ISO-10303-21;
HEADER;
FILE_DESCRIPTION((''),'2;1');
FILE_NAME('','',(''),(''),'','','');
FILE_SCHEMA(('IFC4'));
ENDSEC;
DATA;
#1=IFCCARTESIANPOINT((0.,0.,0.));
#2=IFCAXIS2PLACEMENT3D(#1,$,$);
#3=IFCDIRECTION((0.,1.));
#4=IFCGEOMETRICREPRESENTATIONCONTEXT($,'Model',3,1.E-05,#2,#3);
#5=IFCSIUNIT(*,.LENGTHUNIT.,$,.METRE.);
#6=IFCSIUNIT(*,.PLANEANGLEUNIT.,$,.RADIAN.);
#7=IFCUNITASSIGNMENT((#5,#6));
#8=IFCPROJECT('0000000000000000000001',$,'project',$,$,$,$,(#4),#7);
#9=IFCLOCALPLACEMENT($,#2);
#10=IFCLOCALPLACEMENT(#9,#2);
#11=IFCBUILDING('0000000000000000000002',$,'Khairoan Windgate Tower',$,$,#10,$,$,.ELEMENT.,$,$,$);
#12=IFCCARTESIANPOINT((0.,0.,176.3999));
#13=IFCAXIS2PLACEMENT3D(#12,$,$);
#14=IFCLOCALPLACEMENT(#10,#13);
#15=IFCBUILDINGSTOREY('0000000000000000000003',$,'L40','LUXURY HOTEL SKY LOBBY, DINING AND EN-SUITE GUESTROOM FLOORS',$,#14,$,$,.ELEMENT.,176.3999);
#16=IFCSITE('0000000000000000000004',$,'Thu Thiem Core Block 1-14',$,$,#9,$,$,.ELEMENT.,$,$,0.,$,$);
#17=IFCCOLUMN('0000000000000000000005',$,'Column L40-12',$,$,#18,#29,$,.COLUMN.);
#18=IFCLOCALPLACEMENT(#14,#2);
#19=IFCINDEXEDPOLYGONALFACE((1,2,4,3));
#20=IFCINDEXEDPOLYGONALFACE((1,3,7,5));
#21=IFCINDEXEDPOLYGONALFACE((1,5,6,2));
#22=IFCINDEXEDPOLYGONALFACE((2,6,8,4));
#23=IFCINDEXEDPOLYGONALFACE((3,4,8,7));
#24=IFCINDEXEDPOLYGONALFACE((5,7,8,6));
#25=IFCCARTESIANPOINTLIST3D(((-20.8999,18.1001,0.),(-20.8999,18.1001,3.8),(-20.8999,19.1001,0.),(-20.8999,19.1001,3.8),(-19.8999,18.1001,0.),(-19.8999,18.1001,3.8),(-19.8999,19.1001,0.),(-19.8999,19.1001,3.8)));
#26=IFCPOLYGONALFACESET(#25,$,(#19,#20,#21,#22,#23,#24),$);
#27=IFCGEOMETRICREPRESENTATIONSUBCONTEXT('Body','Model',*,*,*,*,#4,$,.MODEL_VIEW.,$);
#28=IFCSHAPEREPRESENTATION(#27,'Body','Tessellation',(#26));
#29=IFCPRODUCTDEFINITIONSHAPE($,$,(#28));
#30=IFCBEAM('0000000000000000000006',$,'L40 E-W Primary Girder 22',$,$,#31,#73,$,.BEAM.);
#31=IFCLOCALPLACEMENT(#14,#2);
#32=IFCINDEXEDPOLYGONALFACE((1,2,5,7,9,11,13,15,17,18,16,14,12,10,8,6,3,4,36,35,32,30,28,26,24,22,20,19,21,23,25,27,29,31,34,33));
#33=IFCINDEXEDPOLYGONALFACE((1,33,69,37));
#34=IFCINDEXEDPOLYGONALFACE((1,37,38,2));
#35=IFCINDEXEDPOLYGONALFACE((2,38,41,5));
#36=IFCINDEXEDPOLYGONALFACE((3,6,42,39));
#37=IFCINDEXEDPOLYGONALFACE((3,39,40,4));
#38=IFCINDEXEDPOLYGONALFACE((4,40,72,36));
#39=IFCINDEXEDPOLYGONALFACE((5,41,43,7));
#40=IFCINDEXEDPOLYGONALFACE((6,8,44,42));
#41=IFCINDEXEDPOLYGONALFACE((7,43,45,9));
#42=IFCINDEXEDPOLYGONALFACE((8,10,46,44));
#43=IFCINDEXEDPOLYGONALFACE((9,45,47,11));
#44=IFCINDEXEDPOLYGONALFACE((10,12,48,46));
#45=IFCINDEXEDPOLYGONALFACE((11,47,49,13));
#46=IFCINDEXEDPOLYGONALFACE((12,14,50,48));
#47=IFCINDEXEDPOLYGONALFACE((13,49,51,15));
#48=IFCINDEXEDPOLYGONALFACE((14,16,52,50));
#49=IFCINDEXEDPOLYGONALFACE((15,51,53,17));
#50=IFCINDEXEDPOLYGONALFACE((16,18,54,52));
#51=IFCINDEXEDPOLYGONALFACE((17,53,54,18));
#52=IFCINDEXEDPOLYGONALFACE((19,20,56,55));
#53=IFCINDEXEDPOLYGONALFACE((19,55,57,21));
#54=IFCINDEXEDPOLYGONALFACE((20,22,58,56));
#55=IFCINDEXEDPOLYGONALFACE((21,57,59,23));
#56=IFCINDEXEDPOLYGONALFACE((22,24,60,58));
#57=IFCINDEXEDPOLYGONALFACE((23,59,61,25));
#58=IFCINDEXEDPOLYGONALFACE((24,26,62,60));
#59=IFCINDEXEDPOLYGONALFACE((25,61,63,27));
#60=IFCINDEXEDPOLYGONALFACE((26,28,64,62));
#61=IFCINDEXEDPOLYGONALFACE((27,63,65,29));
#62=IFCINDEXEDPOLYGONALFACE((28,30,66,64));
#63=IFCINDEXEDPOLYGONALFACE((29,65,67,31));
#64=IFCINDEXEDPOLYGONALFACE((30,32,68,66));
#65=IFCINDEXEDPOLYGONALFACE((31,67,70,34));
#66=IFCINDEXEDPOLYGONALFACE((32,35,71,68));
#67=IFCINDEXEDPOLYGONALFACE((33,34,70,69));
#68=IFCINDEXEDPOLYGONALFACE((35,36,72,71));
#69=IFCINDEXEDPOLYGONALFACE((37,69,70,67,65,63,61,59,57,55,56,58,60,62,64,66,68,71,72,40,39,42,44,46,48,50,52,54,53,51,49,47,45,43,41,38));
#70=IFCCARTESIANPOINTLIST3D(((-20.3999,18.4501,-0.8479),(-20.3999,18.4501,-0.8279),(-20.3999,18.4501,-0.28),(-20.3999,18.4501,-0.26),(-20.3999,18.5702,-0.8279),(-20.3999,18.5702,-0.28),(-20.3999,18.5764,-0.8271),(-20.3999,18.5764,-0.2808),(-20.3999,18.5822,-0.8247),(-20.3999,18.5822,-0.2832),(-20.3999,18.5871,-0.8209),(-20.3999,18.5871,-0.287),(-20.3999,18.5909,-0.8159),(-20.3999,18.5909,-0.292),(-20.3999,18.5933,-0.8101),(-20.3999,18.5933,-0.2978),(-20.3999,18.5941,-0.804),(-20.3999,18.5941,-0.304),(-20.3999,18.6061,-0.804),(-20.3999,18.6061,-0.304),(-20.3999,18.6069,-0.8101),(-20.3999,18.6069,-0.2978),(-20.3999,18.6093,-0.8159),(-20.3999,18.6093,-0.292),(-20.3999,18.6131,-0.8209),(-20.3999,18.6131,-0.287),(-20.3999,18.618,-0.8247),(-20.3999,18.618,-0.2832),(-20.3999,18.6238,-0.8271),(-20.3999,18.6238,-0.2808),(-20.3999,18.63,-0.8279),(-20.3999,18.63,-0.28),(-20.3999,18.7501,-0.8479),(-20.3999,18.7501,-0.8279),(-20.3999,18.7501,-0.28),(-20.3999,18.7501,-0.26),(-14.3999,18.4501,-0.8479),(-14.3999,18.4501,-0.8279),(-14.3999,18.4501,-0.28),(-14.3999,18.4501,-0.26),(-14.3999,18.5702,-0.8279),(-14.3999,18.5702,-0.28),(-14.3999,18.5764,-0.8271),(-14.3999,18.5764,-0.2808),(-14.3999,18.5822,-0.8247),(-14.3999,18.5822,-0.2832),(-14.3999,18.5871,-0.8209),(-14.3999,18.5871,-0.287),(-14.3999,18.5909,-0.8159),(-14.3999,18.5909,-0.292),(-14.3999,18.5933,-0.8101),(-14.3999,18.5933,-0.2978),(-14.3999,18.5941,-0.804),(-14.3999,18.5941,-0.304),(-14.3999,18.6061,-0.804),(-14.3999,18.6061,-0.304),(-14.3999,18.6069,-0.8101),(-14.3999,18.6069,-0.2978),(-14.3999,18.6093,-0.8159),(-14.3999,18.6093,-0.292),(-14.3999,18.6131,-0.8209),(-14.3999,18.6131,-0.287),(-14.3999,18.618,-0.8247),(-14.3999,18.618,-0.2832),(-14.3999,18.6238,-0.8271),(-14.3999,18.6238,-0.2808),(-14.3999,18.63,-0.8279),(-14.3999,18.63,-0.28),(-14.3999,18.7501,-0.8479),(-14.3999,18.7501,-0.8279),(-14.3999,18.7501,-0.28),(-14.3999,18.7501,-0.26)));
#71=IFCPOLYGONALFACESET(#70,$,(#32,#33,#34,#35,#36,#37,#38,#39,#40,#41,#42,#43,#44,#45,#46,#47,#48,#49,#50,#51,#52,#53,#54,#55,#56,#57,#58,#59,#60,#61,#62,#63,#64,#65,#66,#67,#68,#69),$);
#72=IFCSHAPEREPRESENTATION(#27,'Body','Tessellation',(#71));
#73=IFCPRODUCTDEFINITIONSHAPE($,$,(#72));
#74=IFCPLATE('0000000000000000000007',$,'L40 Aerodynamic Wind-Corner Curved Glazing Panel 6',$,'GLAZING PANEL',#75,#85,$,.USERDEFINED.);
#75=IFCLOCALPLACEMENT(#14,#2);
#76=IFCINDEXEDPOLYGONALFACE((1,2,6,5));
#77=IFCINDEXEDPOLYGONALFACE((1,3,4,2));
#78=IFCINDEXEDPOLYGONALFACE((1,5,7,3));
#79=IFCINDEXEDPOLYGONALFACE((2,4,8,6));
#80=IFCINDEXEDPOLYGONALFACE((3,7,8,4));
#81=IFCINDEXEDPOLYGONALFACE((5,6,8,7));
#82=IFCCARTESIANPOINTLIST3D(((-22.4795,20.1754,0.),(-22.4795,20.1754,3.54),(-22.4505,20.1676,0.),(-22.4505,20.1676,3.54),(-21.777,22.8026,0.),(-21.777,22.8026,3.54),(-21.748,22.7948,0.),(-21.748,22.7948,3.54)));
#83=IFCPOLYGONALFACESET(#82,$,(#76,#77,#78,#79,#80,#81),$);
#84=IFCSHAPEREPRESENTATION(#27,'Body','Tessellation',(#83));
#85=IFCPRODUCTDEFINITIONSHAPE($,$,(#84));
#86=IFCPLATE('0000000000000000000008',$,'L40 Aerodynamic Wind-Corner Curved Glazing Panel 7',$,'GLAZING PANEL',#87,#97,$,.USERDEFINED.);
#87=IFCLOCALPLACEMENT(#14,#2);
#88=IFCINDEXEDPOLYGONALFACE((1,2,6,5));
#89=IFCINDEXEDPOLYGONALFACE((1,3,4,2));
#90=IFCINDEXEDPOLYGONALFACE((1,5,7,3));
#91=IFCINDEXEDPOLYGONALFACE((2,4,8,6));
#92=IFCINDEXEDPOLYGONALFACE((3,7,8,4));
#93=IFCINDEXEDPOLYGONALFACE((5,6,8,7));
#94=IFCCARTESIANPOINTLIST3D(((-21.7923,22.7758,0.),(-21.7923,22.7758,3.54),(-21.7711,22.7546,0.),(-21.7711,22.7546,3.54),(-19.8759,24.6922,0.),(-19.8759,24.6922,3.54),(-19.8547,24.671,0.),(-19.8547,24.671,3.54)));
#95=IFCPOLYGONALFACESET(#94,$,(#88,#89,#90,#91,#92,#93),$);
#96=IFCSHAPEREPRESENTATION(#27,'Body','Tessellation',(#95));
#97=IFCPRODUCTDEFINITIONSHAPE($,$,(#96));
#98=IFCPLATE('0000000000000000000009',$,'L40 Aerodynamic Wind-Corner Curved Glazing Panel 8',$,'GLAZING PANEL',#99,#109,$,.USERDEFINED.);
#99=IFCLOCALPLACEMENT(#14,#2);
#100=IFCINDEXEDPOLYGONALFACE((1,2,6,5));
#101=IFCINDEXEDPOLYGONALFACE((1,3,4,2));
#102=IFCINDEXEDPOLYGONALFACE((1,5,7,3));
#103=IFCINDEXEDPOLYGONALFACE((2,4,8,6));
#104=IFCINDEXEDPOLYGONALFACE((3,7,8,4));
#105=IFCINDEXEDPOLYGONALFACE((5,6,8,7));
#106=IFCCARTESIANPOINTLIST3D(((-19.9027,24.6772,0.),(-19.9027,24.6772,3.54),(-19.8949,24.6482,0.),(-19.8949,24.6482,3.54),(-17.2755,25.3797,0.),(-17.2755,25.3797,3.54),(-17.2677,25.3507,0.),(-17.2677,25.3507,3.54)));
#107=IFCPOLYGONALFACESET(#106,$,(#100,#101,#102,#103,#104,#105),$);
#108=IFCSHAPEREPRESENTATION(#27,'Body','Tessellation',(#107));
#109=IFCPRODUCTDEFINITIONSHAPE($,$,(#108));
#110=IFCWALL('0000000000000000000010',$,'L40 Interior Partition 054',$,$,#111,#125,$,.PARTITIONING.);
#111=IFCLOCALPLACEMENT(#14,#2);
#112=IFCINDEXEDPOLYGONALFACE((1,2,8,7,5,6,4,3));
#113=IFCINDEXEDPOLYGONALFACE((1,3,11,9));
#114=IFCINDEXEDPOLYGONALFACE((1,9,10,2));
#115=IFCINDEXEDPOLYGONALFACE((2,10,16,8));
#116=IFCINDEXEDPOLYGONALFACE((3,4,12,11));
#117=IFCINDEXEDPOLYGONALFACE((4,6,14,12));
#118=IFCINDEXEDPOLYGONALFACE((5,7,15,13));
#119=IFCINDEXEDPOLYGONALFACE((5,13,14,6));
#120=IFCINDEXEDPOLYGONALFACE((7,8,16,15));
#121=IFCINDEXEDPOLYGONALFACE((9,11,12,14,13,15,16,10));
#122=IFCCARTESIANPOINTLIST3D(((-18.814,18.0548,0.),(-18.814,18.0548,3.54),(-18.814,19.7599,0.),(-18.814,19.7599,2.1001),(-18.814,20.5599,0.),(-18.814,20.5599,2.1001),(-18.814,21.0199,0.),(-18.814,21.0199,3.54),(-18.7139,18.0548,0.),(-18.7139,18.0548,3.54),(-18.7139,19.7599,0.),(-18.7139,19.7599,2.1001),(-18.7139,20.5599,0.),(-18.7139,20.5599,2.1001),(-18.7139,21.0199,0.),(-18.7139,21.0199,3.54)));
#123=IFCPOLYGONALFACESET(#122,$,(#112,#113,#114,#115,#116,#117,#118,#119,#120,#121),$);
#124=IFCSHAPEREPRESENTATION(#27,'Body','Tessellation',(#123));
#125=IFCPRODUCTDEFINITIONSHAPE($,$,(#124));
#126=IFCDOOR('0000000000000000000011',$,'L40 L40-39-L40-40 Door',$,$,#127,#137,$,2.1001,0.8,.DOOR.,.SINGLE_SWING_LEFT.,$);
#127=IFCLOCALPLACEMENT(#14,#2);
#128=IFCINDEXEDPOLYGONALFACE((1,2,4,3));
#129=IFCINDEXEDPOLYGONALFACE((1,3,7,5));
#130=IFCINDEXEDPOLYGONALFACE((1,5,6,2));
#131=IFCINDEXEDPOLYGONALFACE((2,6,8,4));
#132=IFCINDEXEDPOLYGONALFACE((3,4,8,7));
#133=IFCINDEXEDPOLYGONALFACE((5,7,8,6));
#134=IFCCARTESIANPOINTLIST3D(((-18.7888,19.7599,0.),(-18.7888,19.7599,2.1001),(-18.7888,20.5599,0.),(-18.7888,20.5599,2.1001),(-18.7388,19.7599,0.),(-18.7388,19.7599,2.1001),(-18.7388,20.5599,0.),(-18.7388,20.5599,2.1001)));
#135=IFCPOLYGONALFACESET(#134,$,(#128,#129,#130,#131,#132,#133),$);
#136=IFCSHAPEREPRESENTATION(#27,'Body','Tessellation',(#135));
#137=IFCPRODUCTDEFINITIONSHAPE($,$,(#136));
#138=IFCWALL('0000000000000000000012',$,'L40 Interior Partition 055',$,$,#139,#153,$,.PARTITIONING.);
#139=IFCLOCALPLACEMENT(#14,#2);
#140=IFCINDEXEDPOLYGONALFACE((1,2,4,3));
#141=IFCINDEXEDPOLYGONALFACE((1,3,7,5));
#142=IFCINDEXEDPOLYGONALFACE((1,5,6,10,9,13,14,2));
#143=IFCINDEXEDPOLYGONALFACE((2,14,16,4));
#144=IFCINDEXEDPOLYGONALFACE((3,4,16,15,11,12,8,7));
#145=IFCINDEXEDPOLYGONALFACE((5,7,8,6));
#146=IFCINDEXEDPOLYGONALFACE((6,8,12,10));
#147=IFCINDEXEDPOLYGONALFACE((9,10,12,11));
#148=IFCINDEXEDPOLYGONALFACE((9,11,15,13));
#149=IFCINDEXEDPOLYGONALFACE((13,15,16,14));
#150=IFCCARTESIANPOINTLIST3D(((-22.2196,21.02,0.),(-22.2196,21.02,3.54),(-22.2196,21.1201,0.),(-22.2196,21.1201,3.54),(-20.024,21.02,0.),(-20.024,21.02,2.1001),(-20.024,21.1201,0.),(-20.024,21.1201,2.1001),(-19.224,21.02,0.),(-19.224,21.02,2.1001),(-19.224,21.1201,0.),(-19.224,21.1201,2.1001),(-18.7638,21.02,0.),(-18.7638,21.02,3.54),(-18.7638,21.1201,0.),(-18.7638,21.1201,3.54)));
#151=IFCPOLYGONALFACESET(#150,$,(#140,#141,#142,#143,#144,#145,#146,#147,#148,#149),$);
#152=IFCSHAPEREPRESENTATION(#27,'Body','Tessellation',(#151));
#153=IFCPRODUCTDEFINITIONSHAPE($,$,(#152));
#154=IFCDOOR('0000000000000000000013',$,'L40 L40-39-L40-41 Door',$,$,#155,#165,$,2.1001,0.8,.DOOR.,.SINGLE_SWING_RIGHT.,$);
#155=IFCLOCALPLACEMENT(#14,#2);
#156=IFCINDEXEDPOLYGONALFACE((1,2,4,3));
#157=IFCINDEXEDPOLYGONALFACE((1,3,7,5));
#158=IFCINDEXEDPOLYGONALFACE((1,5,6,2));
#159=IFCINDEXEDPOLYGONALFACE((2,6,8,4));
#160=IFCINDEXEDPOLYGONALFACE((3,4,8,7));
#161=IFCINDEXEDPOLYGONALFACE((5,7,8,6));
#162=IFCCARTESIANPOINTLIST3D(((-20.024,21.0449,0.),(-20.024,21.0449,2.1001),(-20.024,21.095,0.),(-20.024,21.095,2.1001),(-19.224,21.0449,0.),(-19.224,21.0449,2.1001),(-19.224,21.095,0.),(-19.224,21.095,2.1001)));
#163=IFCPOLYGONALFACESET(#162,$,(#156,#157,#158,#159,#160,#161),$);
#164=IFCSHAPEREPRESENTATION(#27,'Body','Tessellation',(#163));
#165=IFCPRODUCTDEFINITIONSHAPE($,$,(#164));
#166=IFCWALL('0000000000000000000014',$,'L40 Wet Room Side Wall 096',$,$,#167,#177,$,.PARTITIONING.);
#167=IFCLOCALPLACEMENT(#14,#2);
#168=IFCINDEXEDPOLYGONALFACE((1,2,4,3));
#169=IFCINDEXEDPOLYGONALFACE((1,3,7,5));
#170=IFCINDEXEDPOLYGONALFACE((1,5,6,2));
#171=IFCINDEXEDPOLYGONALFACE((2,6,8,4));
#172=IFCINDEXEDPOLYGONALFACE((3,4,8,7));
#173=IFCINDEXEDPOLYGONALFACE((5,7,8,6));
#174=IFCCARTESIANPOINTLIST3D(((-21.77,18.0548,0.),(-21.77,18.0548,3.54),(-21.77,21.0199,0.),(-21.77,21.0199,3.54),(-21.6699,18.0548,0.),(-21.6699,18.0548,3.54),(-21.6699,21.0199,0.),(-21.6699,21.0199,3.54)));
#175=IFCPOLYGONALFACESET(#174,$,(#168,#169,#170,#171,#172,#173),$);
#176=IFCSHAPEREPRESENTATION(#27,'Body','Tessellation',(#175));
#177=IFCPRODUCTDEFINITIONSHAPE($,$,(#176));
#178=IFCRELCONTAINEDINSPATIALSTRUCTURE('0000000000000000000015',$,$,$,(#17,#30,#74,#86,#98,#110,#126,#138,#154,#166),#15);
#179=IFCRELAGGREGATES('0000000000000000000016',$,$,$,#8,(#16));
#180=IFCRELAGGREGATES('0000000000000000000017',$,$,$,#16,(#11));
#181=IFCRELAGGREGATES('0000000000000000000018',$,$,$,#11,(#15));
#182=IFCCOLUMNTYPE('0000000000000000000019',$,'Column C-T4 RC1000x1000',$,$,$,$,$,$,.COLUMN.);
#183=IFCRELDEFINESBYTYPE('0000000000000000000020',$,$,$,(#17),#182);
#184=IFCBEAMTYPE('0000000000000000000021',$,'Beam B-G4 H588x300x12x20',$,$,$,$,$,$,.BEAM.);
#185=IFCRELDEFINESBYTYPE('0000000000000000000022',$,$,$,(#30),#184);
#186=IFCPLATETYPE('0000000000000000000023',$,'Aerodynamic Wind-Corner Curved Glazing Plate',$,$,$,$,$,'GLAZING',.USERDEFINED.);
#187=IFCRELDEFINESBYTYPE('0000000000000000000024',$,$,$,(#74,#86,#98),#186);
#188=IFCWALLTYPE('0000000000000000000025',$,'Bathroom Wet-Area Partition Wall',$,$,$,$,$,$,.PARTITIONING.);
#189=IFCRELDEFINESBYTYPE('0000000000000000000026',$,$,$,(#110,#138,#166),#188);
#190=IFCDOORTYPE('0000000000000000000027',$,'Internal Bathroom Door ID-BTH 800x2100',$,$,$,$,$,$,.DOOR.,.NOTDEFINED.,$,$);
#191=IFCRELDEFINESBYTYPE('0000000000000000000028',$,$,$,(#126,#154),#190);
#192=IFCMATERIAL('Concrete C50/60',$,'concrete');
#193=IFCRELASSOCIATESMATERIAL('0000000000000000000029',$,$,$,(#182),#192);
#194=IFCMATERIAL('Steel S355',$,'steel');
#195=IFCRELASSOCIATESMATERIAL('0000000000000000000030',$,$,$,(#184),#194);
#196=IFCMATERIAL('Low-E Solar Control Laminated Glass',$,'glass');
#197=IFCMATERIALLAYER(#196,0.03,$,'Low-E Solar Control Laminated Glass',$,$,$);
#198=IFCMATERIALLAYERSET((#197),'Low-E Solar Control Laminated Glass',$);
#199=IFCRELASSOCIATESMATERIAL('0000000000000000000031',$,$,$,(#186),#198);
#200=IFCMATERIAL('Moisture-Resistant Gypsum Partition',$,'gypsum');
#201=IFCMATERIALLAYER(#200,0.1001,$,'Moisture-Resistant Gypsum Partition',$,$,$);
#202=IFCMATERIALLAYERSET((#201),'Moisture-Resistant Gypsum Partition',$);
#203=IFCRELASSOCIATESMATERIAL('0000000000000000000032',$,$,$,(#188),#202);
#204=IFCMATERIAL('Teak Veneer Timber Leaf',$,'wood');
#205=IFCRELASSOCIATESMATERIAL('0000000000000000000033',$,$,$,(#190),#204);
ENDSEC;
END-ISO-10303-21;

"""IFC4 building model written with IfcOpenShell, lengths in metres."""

from ifc_helpers import new_model, si_unit, direction, frame, frame_2d, origin, origin_2d, place, context, subcontext, project, spatial, rectangle, i_section, extrude, material, layer, layer_set, material_profile, profile_set, type_object, element, fill, save


model = new_model("IFC4")

# Units and contexts
model_context = context("Model", 3, precision=1e-05, world=origin(), true_north=direction((0.0, 1.0)))
body_context = subcontext(model_context, "Body", "Model", "MODEL_VIEW")
ifc_project = project(units=[si_unit("LENGTHUNIT", "METRE"), si_unit("PLANEANGLEUNIT", "RADIAN")], contexts=[model_context])

# Site, building, storey
site_placement = place(None, origin())
site = spatial("IfcSite", under=ifc_project, at=site_placement, Name="Thu Thiem Core Block 1-14", CompositionType="ELEMENT", RefElevation=0.0)
building_placement = place(site_placement, origin())
building = spatial("IfcBuilding", under=site, at=building_placement, Name="Khairoan Windgate Tower", CompositionType="ELEMENT")
storey_placement = place(building_placement, frame((0.0, 0.0, 176.3999)))
storey = spatial("IfcBuildingStorey", under=building, at=storey_placement, Name="L40", Description="LUXURY HOTEL SKY LOBBY, DINING AND EN-SUITE GUESTROOM FLOORS", CompositionType="ELEMENT", Elevation=176.3999)

# Column
ifc_material_1 = material(Name="Concrete C50/60", Category="concrete")
ifc_material_profile_1 = material_profile(ifc_material_1, rectangle(XDim=1.0, YDim=1.0, at=origin_2d()))
ifc_profile_set_1 = profile_set([ifc_material_profile_1], Name="Concrete C50/60")
column_type = type_object("IfcColumnType", Name="Column C-T4 RC1000x1000", PredefinedType="COLUMN", material=ifc_profile_set_1)
column_placement = place(storey_placement, frame((-20.3999, 18.6001, 0.0), z_axis=(0.0, 0.0, 1.0), x_axis=(1.0, 0.0, 0.0)))
element("IfcColumn", 1, at=column_placement, inside=storey, type_object=column_type, Name="Column L40-12", PredefinedType="COLUMN", context=body_context, shape_type="SweptSolid", body=[
    extrude(rectangle(XDim=1.0, YDim=1.0, at=origin_2d()), origin(), (0.0, 0.0, 1.0), 3.8),
])

# Beam
ifc_material_2 = material(Name="Steel S355", Category="steel")
ifc_material_profile_2 = material_profile(ifc_material_2, i_section(OverallWidth=0.3, OverallDepth=0.5879, WebThickness=0.012, FlangeThickness=0.02, FilletRadius=0.0239, at=origin_2d()))
ifc_profile_set_2 = profile_set([ifc_material_profile_2], Name="Steel S355")
beam_type = type_object("IfcBeamType", Name="Beam B-G4 H588x300x12x20", PredefinedType="BEAM", material=ifc_profile_set_2)
beam_placement = place(storey_placement, frame((-20.3999, 18.6001, -0.554), z_axis=(1.0, 0.0, 0.0), x_axis=(0.0, 1.0, 0.0)))
element("IfcBeam", 2, at=beam_placement, inside=storey, type_object=beam_type, Name="L40 E-W Primary Girder 22", PredefinedType="BEAM", context=body_context, shape_type="SweptSolid", body=[
    extrude(i_section(OverallWidth=0.3, OverallDepth=0.5879, WebThickness=0.012, FlangeThickness=0.02, FilletRadius=0.0239, at=origin_2d()), origin(), (0.0, 0.0, 1.0), 6.0),
])

# Plates
ifc_material_3 = material(Name="Low-E Solar Control Laminated Glass", Category="glass")
ifc_layer_1 = layer(ifc_material_3, 0.03, Name="Low-E Solar Control Laminated Glass")
ifc_layer_set_1 = layer_set([ifc_layer_1], Name="Low-E Solar Control Laminated Glass")
plate_type_1 = type_object("IfcPlateType", Name="Aerodynamic Wind-Corner Curved Glazing Plate", ElementType="GLAZING", PredefinedType="USERDEFINED", material=ifc_layer_set_1)
plate_1_placement = place(storey_placement, frame((-22.1138, 21.4851, 0.0), z_axis=(0.0, 0.0, 1.0), x_axis=(0.258313, 0.966061, 0.0)))
element("IfcPlate", 3, at=plate_1_placement, inside=storey, type_object=plate_type_1, Name="L40 Aerodynamic Wind-Corner Curved Glazing Panel 6", ObjectType="GLAZING PANEL", PredefinedType="USERDEFINED", context=body_context, shape_type="SweptSolid", body=[
    extrude(rectangle(XDim=2.7195, YDim=0.03, at=origin_2d()), origin(), (0.0, 0.0, 1.0), 3.54),
])
plate_2_placement = place(storey_placement, frame((-20.8235, 23.7234, 0.0), z_axis=(0.0, 0.0, 1.0), x_axis=(0.707107, 0.707107, 0.0)))
element("IfcPlate", 4, at=plate_2_placement, inside=storey, type_object=plate_type_1, Name="L40 Aerodynamic Wind-Corner Curved Glazing Panel 7", ObjectType="GLAZING PANEL", PredefinedType="USERDEFINED", context=body_context, shape_type="SweptSolid", body=[
    extrude(rectangle(XDim=2.7102, YDim=0.03, at=origin_2d()), origin(), (0.0, 0.0, 1.0), 3.54),
])
plate_3_placement = place(storey_placement, frame((-18.5852, 25.0139, 0.0), z_axis=(0.0, 0.0, 1.0), x_axis=(0.966061, 0.258313, 0.0)))
element("IfcPlate", 5, at=plate_3_placement, inside=storey, type_object=plate_type_1, Name="L40 Aerodynamic Wind-Corner Curved Glazing Panel 8", ObjectType="GLAZING PANEL", PredefinedType="USERDEFINED", context=body_context, shape_type="SweptSolid", body=[
    extrude(rectangle(XDim=2.7195, YDim=0.03, at=origin_2d()), origin(), (0.0, 0.0, 1.0), 3.54),
])

# Walls, openings, doors
ifc_material_4 = material(Name="Moisture-Resistant Gypsum Partition", Category="gypsum")
ifc_layer_2 = layer(ifc_material_4, 0.1001, Name="Moisture-Resistant Gypsum Partition")
ifc_layer_set_2 = layer_set([ifc_layer_2], Name="Moisture-Resistant Gypsum Partition")
wall_type_1 = type_object("IfcWallType", Name="Bathroom Wet-Area Partition Wall", PredefinedType="PARTITIONING", material=ifc_layer_set_2)
wall_1_placement = place(storey_placement, frame((-18.7639, 18.0549, 0.0), z_axis=(0.0, 0.0, 1.0), x_axis=(0.0, 1.0, 0.0)))
wall_1 = element("IfcWall", 6, at=wall_1_placement, inside=storey, type_object=wall_type_1, Name="L40 Interior Partition 054", PredefinedType="PARTITIONING", context=body_context, shape_type="SweptSolid", body=[
    extrude(rectangle(XDim=2.9651, YDim=0.1001, at=frame_2d((1.4824, 0.0))), origin(), (0.0, 0.0, 1.0), 3.54),
])
opening_1_placement = place(wall_1_placement, frame((1.7051, 0.0, 0.0)))
opening_1 = element("IfcOpeningElement", 7, at=opening_1_placement, cuts=wall_1, PredefinedType="OPENING", context=body_context, shape_type="SweptSolid", body=[
    extrude(rectangle(XDim=0.8, YDim=2.1001, at=frame_2d((0.3999, 1.05))), frame((0.0, 0.0601, 0.0), z_axis=(0.0, -1.0, 0.0), x_axis=(1.0, 0.0, 0.0)), (0.0, 0.0, 1.0), 0.1201),
])
ifc_material_5 = material(Name="Teak Veneer Timber Leaf", Category="wood")
door_type_1 = type_object("IfcDoorType", Name="Internal Bathroom Door ID-BTH 800x2100", OperationType="NOTDEFINED", PredefinedType="DOOR", material=ifc_material_5)
door_1_placement = place(opening_1_placement, origin())
door_1 = element("IfcDoor", 8, at=door_1_placement, inside=storey, type_object=door_type_1, Name="L40 L40-39-L40-40 Door", OperationType="SINGLE_SWING_LEFT", OverallHeight=2.1001, OverallWidth=0.8, PredefinedType="DOOR", context=body_context, shape_type="SweptSolid", body=[
    extrude(rectangle(XDim=0.8, YDim=2.1001, at=frame_2d((0.3999, 1.05))), frame((0.0, 0.0249, 0.0), z_axis=(0.0, -1.0, 0.0), x_axis=(1.0, 0.0, 0.0)), (0.0, 0.0, 1.0), 0.05),
])
fill(opening_1, door_1)
wall_2_placement = place(storey_placement, frame((-22.2197, 21.0701, 0.0), z_axis=(0.0, 0.0, 1.0), x_axis=(1.0, 0.0, 0.0)))
wall_2 = element("IfcWall", 9, at=wall_2_placement, inside=storey, type_object=wall_type_1, Name="L40 Interior Partition 055", PredefinedType="PARTITIONING", context=body_context, shape_type="SweptSolid", body=[
    extrude(rectangle(XDim=3.4558, YDim=0.1001, at=frame_2d((1.728, 0.0))), origin(), (0.0, 0.0, 1.0), 3.54),
])
opening_2_placement = place(wall_2_placement, frame((2.1958, 0.0, 0.0)))
opening_2 = element("IfcOpeningElement", 10, at=opening_2_placement, cuts=wall_2, PredefinedType="OPENING", context=body_context, shape_type="SweptSolid", body=[
    extrude(rectangle(XDim=0.8, YDim=2.1001, at=frame_2d((0.3999, 1.05))), frame((0.0, 0.0601, 0.0), z_axis=(0.0, -1.0, 0.0), x_axis=(1.0, 0.0, 0.0)), (0.0, 0.0, 1.0), 0.1201),
])
door_2_placement = place(opening_2_placement, origin())
door_2 = element("IfcDoor", 11, at=door_2_placement, inside=storey, type_object=door_type_1, Name="L40 L40-39-L40-41 Door", OperationType="SINGLE_SWING_RIGHT", OverallHeight=2.1001, OverallWidth=0.8, PredefinedType="DOOR", context=body_context, shape_type="SweptSolid", body=[
    extrude(rectangle(XDim=0.8, YDim=2.1001, at=frame_2d((0.3999, 1.05))), frame((0.0, 0.0249, 0.0), z_axis=(0.0, -1.0, 0.0), x_axis=(1.0, 0.0, 0.0)), (0.0, 0.0, 1.0), 0.05),
])
fill(opening_2, door_2)

# Wall
wall_3_placement = place(storey_placement, frame((-21.72, 18.0549, 0.0), z_axis=(0.0, 0.0, 1.0), x_axis=(0.0, 1.0, 0.0)))
element("IfcWall", 12, at=wall_3_placement, inside=storey, type_object=wall_type_1, Name="L40 Wet Room Side Wall 096", PredefinedType="PARTITIONING", context=body_context, shape_type="SweptSolid", body=[
    extrude(rectangle(XDim=2.9651, YDim=0.1001, at=frame_2d((1.4824, 0.0))), origin(), (0.0, 0.0, 1.0), 3.54),
])

save(model, "model.ifc")
